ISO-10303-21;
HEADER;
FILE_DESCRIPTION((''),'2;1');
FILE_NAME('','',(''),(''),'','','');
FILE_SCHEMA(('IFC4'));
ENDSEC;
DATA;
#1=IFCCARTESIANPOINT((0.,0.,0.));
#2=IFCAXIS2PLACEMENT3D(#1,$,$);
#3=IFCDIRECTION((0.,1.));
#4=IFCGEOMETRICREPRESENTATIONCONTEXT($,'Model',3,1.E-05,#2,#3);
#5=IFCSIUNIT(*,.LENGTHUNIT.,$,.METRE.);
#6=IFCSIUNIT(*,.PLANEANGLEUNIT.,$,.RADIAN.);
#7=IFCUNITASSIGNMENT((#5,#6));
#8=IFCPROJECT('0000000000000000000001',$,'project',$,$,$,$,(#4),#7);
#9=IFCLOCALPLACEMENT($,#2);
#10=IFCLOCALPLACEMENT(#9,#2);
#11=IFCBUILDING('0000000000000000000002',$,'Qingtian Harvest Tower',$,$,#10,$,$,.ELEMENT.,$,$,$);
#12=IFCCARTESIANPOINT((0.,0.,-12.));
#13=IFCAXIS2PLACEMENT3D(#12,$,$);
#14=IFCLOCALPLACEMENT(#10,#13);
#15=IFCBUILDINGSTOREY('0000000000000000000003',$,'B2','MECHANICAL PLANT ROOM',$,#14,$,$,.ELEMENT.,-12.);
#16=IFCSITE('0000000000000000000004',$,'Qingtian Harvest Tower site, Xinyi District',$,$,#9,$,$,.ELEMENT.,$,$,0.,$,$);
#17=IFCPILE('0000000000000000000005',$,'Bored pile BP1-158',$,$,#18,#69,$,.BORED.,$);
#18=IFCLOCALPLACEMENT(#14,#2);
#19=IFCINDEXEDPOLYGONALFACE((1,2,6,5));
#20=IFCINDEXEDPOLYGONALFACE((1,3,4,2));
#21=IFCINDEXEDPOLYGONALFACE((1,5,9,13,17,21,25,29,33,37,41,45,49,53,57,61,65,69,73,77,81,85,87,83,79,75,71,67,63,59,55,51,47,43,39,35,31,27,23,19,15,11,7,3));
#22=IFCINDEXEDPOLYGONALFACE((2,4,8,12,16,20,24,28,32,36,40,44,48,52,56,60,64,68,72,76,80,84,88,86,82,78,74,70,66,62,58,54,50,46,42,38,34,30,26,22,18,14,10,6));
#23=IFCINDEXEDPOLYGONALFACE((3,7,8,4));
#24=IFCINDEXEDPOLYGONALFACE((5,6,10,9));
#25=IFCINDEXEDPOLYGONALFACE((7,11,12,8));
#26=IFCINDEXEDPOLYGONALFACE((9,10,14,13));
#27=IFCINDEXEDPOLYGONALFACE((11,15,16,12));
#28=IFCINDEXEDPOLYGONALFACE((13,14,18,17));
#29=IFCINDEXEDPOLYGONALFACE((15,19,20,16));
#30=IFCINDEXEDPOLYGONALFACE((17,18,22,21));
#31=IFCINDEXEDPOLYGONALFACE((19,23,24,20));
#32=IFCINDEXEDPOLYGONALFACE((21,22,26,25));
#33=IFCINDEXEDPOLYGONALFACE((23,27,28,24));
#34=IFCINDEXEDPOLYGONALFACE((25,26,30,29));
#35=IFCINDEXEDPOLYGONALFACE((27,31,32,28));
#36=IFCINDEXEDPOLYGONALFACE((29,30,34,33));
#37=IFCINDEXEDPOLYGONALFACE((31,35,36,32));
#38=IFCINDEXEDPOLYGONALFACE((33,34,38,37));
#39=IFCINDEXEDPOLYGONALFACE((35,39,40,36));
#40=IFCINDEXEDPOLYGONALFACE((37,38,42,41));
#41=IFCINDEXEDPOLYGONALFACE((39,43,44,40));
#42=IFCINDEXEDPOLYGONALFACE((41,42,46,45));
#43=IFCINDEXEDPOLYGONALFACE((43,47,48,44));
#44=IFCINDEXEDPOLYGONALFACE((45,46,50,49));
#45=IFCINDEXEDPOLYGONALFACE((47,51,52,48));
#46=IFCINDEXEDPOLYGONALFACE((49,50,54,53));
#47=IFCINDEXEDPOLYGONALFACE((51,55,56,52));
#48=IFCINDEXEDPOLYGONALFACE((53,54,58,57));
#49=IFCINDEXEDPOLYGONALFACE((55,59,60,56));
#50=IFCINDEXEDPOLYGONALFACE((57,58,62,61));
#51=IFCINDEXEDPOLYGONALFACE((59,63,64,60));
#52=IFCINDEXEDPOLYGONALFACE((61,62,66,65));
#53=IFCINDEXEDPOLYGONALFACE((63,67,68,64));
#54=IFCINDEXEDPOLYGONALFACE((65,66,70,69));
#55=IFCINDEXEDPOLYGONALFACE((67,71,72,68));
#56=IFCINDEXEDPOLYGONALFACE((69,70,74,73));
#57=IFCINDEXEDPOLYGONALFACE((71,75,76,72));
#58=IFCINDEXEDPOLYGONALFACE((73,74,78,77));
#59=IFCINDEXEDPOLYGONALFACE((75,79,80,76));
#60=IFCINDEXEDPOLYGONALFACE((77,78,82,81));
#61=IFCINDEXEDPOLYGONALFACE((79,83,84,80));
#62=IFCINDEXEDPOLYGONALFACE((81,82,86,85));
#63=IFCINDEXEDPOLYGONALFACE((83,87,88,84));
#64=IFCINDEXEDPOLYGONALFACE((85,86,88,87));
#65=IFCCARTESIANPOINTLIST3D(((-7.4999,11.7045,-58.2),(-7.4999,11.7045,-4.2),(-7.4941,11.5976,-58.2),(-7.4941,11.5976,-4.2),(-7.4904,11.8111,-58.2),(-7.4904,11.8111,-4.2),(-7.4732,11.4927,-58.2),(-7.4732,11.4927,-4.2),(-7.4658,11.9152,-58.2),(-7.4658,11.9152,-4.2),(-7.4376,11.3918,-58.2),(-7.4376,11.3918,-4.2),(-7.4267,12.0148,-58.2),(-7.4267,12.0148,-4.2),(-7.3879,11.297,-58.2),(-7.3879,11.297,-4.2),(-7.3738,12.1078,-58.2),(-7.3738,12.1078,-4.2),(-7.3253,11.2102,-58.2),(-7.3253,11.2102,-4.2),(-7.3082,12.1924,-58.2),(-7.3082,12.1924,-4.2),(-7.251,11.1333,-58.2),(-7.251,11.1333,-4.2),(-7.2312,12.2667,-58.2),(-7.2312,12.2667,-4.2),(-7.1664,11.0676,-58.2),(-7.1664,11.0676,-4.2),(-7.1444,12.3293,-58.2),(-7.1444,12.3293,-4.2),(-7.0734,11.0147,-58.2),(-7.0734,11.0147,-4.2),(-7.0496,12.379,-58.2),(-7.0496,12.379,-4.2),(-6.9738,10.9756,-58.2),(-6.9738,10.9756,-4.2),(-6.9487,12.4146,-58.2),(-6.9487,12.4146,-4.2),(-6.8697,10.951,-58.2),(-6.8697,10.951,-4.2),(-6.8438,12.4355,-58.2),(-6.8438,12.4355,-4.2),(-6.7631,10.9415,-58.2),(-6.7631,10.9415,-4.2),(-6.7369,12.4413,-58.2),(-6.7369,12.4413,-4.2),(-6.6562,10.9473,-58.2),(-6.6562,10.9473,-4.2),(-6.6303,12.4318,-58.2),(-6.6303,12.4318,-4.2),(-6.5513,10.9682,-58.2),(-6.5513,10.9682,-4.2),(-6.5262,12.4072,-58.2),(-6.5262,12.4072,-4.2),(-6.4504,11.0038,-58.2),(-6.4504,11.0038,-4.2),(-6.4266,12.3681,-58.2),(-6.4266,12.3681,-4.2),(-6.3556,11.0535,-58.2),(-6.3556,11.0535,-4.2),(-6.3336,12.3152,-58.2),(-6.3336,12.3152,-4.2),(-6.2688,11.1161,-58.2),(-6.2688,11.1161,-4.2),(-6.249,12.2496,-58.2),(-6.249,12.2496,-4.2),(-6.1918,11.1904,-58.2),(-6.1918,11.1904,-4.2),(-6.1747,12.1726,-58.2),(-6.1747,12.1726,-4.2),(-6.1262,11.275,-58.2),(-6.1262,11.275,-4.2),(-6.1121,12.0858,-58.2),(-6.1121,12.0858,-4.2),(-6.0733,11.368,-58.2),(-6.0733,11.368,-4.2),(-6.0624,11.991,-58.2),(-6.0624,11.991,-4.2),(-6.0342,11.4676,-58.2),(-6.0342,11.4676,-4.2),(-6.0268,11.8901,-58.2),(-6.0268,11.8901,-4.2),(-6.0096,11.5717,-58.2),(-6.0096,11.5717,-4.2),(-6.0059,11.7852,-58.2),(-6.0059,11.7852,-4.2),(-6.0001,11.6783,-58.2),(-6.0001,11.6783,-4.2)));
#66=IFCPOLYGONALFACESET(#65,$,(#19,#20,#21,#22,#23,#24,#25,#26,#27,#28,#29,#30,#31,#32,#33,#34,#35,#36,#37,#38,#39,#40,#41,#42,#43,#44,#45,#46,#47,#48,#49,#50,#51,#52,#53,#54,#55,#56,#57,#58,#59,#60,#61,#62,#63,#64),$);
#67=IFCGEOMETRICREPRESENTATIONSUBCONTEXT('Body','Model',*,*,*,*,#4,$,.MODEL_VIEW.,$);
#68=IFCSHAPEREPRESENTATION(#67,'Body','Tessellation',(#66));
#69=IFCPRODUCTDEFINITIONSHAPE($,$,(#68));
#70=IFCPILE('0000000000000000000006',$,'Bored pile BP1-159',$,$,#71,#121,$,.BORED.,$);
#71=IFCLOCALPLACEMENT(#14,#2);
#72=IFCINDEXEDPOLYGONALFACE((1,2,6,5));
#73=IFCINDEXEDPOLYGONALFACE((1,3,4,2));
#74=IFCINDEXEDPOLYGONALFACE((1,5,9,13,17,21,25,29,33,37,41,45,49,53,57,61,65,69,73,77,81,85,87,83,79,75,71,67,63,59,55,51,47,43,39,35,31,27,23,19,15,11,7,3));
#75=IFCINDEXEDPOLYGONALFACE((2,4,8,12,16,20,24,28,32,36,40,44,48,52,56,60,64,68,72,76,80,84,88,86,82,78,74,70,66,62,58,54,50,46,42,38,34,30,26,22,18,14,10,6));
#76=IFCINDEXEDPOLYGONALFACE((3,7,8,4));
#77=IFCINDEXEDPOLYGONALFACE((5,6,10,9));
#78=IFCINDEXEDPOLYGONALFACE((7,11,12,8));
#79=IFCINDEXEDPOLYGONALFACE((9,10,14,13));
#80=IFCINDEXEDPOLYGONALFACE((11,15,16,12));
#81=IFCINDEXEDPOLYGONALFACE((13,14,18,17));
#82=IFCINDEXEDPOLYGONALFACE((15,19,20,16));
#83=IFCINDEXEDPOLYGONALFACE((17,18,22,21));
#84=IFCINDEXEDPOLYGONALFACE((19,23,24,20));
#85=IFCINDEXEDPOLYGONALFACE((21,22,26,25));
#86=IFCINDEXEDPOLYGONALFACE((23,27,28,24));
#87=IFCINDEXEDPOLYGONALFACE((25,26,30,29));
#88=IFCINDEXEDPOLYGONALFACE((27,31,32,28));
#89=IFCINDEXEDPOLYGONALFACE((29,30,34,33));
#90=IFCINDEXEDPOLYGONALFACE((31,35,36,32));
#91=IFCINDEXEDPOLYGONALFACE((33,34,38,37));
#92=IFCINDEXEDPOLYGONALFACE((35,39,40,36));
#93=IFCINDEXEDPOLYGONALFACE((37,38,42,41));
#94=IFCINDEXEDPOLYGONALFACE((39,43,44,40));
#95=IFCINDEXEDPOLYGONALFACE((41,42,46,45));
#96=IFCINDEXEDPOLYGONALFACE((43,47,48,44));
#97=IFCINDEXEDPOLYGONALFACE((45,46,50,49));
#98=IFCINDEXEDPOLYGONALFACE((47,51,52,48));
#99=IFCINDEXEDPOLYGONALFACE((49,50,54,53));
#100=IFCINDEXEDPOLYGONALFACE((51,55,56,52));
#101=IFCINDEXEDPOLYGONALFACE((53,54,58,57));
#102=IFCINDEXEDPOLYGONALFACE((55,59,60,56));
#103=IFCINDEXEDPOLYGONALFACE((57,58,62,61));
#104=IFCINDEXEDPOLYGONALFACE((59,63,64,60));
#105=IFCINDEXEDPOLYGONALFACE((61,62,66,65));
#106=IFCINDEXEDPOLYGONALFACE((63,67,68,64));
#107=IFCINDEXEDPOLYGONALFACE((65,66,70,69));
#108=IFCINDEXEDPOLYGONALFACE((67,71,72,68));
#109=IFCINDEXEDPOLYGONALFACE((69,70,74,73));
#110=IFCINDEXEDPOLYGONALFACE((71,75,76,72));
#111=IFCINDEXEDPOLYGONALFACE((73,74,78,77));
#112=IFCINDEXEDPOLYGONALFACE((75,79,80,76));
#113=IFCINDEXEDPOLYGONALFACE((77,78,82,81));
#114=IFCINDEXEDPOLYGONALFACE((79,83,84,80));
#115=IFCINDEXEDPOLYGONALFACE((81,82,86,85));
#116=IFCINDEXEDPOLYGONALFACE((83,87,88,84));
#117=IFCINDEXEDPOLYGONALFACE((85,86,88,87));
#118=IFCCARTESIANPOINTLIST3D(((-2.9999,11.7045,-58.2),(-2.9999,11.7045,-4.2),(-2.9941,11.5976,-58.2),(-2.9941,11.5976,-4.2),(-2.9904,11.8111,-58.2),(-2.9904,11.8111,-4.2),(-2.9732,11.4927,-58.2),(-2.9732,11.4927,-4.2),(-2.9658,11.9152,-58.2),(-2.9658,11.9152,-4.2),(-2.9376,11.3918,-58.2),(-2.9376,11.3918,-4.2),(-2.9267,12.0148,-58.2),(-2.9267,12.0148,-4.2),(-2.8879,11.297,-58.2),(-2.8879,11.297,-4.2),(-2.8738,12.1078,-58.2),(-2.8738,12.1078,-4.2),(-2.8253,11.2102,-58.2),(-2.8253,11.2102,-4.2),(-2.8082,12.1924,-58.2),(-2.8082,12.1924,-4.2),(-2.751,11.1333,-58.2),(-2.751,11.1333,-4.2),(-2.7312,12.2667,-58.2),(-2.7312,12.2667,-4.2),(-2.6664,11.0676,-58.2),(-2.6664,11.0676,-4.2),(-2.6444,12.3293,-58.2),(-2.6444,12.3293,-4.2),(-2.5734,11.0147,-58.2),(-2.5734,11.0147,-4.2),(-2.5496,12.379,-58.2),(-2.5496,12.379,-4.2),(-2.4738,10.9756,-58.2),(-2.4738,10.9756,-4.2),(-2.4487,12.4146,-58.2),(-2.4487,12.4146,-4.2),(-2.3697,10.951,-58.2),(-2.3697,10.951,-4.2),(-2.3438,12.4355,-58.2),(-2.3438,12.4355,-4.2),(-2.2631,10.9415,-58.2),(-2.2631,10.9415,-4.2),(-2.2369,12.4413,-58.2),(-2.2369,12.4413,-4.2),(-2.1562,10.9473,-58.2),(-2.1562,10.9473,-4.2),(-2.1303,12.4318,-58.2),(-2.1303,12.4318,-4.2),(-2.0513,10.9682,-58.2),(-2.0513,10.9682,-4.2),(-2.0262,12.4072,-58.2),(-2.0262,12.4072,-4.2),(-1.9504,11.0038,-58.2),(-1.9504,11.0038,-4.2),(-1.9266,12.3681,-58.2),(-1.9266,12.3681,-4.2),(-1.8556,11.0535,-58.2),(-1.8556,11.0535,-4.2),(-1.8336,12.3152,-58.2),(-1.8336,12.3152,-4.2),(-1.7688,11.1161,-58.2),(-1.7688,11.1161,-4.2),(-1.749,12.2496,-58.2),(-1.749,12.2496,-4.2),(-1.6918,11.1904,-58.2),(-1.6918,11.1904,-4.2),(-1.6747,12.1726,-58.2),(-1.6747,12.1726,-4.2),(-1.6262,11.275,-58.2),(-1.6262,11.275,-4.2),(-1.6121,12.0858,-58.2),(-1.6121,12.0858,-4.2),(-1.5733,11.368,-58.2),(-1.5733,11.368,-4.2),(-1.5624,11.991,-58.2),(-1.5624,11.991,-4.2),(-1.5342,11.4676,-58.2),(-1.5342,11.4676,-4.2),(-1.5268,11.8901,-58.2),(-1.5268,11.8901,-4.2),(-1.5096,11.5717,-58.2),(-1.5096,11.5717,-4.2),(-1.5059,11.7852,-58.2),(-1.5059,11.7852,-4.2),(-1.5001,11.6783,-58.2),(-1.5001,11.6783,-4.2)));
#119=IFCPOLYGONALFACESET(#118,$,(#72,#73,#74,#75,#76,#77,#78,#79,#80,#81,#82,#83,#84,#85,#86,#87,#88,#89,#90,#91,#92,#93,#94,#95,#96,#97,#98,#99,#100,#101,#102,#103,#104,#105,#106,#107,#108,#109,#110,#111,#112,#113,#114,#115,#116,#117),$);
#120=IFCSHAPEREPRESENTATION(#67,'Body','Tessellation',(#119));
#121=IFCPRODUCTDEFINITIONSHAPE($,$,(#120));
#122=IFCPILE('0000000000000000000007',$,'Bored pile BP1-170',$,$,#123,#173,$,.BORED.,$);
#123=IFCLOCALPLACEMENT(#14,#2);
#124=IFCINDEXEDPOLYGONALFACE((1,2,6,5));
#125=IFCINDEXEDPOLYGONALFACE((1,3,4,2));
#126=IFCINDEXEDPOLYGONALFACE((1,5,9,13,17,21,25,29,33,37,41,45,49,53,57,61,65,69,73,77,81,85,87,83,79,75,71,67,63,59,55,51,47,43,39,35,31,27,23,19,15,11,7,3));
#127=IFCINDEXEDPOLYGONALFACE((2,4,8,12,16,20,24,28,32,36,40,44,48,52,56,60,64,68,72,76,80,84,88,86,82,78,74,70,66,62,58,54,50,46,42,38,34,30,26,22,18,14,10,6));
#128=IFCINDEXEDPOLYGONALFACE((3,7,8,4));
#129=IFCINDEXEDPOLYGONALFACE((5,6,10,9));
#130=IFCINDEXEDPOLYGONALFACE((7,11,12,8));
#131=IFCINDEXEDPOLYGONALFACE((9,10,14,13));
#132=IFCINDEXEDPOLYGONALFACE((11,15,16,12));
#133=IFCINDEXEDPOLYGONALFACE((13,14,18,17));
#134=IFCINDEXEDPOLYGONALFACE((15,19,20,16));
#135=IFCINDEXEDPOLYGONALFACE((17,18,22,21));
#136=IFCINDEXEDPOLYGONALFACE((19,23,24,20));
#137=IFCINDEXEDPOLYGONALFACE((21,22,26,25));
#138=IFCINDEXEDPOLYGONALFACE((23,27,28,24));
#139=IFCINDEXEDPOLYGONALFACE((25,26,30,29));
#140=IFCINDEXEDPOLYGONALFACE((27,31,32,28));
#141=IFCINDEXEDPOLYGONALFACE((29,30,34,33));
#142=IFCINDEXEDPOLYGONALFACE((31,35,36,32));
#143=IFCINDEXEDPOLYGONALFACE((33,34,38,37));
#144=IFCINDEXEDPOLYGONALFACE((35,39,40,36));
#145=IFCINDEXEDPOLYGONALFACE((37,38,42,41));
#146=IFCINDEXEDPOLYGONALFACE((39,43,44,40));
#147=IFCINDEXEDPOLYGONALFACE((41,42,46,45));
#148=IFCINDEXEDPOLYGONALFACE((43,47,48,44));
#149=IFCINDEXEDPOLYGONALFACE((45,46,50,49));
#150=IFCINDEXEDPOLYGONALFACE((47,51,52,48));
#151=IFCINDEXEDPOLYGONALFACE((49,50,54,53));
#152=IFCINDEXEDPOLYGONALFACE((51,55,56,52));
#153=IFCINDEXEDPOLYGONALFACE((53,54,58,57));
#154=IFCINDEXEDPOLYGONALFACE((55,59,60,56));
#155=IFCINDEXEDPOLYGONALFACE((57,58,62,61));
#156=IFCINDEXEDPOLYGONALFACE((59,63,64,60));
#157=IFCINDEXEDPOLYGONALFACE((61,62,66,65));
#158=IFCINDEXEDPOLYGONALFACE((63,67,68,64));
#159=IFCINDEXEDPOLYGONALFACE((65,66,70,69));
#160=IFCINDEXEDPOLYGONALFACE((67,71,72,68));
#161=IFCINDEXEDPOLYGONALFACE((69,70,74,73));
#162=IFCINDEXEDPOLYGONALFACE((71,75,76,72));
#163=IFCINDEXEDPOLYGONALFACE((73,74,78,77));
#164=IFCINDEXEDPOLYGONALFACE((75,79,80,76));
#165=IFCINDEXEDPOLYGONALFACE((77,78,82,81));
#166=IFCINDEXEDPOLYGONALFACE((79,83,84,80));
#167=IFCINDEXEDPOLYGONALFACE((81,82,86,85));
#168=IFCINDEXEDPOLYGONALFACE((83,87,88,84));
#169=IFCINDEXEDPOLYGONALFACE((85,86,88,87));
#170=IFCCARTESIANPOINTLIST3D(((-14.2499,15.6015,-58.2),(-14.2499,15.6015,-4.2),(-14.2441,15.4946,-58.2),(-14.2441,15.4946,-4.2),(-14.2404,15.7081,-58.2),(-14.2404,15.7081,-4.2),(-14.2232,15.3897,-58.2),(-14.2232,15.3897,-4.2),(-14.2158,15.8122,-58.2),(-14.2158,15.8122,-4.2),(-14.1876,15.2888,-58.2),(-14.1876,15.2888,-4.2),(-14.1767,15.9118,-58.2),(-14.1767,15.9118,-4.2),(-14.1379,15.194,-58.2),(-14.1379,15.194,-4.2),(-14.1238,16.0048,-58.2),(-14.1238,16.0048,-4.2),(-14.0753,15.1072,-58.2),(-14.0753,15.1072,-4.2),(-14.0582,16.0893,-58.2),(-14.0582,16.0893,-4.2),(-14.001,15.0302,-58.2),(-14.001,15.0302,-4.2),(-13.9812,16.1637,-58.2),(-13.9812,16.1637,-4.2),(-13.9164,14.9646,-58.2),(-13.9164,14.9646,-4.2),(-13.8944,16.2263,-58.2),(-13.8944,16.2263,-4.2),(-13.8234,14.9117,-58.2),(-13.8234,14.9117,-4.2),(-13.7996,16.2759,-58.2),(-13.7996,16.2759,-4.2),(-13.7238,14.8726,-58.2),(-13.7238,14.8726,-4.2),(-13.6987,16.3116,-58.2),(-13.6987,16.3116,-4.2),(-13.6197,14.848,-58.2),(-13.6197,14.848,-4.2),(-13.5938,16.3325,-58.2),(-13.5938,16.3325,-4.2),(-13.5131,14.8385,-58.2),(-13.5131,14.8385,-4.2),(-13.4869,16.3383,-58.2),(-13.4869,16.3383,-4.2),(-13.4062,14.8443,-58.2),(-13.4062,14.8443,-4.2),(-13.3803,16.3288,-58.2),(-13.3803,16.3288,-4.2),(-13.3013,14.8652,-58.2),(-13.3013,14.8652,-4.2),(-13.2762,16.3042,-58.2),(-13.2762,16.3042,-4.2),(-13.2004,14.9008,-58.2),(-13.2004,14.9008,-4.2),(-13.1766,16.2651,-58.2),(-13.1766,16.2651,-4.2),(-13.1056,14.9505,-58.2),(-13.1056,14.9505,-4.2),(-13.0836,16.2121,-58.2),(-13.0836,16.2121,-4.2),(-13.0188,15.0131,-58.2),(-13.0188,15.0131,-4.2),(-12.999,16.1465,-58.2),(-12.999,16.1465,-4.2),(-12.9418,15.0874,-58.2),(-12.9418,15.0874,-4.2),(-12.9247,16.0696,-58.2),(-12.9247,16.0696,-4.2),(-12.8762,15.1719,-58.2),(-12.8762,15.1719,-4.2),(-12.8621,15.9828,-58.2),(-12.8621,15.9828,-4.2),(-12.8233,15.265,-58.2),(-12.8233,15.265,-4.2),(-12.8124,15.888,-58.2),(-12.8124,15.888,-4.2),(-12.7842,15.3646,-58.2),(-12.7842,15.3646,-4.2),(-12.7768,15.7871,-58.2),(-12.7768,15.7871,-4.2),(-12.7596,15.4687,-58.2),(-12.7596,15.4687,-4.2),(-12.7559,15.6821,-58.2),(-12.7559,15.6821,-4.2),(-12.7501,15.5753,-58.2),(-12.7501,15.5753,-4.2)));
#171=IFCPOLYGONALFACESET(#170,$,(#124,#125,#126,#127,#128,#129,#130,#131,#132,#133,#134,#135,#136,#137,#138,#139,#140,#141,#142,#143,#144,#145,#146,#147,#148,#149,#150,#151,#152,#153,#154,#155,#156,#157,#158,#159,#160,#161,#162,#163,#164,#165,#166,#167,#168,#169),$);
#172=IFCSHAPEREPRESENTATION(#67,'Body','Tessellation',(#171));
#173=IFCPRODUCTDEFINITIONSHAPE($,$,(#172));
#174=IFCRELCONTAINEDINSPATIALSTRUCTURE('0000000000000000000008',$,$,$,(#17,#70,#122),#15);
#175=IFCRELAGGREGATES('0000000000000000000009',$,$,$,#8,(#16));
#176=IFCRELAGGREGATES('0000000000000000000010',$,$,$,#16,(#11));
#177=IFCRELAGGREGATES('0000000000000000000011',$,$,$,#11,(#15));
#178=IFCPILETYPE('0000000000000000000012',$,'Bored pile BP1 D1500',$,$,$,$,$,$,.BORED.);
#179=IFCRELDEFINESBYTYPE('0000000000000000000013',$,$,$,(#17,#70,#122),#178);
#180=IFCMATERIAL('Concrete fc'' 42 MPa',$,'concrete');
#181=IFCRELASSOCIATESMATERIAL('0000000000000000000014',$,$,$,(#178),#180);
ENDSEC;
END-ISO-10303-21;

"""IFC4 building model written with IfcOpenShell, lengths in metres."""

from ifc_helpers import new_model, si_unit, direction, frame, frame_2d, origin, place, context, subcontext, project, spatial, circle, extrude, material, material_profile, profile_set, type_object, element, save


model = new_model("IFC4")

# Units and contexts
model_context = context("Model", 3, precision=1e-05, world=origin(), true_north=direction((0.0, 1.0)))
body_context = subcontext(model_context, "Body", "Model", "MODEL_VIEW")
ifc_project = project(units=[si_unit("LENGTHUNIT", "METRE"), si_unit("PLANEANGLEUNIT", "RADIAN")], contexts=[model_context])

# Site, building, storey
site_placement = place(None, origin())
site = spatial("IfcSite", under=ifc_project, at=site_placement, Name="Qingtian Harvest Tower site, Xinyi District", CompositionType="ELEMENT", RefElevation=0.0)
building_placement = place(site_placement, origin())
building = spatial("IfcBuilding", under=site, at=building_placement, Name="Qingtian Harvest Tower", CompositionType="ELEMENT")
storey_placement = place(building_placement, frame((0.0, 0.0, -12.0)))
storey = spatial("IfcBuildingStorey", under=building, at=storey_placement, Name="B2", Description="MECHANICAL PLANT ROOM", CompositionType="ELEMENT", Elevation=-12.0)

# Piles
ifc_material_1 = material(Name="Concrete fc' 42 MPa", Category="concrete")
ifc_material_profile_1 = material_profile(ifc_material_1, circle(Radius=0.75, at=frame_2d((0.0, 0.0), x_axis=(0.999848, 0.017452))), Name="Bored pile BP1 D1500")
ifc_profile_set_1 = profile_set([ifc_material_profile_1], Name="Concrete fc' 42 MPa")
pile_type = type_object("IfcPileType", Name="Bored pile BP1 D1500", PredefinedType="BORED", material=ifc_profile_set_1)
for number, where, z_axis, x_axis, name in (
    (1, (-6.75, 11.6914, -4.2), (0.0, 0.0, -1.0), (1.0, 0.0, 0.0), "Bored pile BP1-158"),
    (2, (-2.25, 11.6914, -4.2), (0.0, 0.0, -1.0), (1.0, 0.0, 0.0), "Bored pile BP1-159"),
    (3, (-13.5, 15.5884, -4.2), (0.0, 0.0, -1.0), (1.0, 0.0, 0.0), "Bored pile BP1-170"),
):
    element("IfcPile", number, at=place(storey_placement, frame(where, z_axis=z_axis, x_axis=x_axis)), inside=storey, type_object=pile_type, Name=name, PredefinedType="BORED", context=body_context, shape_type="SweptSolid", body=[
        extrude(circle(Radius=0.75, at=frame_2d((0.0, 0.0), x_axis=(0.999848, 0.017452))), origin(), (0.0, 0.0, 1.0), 54.0),
    ])

save(model, "model.ifc")
